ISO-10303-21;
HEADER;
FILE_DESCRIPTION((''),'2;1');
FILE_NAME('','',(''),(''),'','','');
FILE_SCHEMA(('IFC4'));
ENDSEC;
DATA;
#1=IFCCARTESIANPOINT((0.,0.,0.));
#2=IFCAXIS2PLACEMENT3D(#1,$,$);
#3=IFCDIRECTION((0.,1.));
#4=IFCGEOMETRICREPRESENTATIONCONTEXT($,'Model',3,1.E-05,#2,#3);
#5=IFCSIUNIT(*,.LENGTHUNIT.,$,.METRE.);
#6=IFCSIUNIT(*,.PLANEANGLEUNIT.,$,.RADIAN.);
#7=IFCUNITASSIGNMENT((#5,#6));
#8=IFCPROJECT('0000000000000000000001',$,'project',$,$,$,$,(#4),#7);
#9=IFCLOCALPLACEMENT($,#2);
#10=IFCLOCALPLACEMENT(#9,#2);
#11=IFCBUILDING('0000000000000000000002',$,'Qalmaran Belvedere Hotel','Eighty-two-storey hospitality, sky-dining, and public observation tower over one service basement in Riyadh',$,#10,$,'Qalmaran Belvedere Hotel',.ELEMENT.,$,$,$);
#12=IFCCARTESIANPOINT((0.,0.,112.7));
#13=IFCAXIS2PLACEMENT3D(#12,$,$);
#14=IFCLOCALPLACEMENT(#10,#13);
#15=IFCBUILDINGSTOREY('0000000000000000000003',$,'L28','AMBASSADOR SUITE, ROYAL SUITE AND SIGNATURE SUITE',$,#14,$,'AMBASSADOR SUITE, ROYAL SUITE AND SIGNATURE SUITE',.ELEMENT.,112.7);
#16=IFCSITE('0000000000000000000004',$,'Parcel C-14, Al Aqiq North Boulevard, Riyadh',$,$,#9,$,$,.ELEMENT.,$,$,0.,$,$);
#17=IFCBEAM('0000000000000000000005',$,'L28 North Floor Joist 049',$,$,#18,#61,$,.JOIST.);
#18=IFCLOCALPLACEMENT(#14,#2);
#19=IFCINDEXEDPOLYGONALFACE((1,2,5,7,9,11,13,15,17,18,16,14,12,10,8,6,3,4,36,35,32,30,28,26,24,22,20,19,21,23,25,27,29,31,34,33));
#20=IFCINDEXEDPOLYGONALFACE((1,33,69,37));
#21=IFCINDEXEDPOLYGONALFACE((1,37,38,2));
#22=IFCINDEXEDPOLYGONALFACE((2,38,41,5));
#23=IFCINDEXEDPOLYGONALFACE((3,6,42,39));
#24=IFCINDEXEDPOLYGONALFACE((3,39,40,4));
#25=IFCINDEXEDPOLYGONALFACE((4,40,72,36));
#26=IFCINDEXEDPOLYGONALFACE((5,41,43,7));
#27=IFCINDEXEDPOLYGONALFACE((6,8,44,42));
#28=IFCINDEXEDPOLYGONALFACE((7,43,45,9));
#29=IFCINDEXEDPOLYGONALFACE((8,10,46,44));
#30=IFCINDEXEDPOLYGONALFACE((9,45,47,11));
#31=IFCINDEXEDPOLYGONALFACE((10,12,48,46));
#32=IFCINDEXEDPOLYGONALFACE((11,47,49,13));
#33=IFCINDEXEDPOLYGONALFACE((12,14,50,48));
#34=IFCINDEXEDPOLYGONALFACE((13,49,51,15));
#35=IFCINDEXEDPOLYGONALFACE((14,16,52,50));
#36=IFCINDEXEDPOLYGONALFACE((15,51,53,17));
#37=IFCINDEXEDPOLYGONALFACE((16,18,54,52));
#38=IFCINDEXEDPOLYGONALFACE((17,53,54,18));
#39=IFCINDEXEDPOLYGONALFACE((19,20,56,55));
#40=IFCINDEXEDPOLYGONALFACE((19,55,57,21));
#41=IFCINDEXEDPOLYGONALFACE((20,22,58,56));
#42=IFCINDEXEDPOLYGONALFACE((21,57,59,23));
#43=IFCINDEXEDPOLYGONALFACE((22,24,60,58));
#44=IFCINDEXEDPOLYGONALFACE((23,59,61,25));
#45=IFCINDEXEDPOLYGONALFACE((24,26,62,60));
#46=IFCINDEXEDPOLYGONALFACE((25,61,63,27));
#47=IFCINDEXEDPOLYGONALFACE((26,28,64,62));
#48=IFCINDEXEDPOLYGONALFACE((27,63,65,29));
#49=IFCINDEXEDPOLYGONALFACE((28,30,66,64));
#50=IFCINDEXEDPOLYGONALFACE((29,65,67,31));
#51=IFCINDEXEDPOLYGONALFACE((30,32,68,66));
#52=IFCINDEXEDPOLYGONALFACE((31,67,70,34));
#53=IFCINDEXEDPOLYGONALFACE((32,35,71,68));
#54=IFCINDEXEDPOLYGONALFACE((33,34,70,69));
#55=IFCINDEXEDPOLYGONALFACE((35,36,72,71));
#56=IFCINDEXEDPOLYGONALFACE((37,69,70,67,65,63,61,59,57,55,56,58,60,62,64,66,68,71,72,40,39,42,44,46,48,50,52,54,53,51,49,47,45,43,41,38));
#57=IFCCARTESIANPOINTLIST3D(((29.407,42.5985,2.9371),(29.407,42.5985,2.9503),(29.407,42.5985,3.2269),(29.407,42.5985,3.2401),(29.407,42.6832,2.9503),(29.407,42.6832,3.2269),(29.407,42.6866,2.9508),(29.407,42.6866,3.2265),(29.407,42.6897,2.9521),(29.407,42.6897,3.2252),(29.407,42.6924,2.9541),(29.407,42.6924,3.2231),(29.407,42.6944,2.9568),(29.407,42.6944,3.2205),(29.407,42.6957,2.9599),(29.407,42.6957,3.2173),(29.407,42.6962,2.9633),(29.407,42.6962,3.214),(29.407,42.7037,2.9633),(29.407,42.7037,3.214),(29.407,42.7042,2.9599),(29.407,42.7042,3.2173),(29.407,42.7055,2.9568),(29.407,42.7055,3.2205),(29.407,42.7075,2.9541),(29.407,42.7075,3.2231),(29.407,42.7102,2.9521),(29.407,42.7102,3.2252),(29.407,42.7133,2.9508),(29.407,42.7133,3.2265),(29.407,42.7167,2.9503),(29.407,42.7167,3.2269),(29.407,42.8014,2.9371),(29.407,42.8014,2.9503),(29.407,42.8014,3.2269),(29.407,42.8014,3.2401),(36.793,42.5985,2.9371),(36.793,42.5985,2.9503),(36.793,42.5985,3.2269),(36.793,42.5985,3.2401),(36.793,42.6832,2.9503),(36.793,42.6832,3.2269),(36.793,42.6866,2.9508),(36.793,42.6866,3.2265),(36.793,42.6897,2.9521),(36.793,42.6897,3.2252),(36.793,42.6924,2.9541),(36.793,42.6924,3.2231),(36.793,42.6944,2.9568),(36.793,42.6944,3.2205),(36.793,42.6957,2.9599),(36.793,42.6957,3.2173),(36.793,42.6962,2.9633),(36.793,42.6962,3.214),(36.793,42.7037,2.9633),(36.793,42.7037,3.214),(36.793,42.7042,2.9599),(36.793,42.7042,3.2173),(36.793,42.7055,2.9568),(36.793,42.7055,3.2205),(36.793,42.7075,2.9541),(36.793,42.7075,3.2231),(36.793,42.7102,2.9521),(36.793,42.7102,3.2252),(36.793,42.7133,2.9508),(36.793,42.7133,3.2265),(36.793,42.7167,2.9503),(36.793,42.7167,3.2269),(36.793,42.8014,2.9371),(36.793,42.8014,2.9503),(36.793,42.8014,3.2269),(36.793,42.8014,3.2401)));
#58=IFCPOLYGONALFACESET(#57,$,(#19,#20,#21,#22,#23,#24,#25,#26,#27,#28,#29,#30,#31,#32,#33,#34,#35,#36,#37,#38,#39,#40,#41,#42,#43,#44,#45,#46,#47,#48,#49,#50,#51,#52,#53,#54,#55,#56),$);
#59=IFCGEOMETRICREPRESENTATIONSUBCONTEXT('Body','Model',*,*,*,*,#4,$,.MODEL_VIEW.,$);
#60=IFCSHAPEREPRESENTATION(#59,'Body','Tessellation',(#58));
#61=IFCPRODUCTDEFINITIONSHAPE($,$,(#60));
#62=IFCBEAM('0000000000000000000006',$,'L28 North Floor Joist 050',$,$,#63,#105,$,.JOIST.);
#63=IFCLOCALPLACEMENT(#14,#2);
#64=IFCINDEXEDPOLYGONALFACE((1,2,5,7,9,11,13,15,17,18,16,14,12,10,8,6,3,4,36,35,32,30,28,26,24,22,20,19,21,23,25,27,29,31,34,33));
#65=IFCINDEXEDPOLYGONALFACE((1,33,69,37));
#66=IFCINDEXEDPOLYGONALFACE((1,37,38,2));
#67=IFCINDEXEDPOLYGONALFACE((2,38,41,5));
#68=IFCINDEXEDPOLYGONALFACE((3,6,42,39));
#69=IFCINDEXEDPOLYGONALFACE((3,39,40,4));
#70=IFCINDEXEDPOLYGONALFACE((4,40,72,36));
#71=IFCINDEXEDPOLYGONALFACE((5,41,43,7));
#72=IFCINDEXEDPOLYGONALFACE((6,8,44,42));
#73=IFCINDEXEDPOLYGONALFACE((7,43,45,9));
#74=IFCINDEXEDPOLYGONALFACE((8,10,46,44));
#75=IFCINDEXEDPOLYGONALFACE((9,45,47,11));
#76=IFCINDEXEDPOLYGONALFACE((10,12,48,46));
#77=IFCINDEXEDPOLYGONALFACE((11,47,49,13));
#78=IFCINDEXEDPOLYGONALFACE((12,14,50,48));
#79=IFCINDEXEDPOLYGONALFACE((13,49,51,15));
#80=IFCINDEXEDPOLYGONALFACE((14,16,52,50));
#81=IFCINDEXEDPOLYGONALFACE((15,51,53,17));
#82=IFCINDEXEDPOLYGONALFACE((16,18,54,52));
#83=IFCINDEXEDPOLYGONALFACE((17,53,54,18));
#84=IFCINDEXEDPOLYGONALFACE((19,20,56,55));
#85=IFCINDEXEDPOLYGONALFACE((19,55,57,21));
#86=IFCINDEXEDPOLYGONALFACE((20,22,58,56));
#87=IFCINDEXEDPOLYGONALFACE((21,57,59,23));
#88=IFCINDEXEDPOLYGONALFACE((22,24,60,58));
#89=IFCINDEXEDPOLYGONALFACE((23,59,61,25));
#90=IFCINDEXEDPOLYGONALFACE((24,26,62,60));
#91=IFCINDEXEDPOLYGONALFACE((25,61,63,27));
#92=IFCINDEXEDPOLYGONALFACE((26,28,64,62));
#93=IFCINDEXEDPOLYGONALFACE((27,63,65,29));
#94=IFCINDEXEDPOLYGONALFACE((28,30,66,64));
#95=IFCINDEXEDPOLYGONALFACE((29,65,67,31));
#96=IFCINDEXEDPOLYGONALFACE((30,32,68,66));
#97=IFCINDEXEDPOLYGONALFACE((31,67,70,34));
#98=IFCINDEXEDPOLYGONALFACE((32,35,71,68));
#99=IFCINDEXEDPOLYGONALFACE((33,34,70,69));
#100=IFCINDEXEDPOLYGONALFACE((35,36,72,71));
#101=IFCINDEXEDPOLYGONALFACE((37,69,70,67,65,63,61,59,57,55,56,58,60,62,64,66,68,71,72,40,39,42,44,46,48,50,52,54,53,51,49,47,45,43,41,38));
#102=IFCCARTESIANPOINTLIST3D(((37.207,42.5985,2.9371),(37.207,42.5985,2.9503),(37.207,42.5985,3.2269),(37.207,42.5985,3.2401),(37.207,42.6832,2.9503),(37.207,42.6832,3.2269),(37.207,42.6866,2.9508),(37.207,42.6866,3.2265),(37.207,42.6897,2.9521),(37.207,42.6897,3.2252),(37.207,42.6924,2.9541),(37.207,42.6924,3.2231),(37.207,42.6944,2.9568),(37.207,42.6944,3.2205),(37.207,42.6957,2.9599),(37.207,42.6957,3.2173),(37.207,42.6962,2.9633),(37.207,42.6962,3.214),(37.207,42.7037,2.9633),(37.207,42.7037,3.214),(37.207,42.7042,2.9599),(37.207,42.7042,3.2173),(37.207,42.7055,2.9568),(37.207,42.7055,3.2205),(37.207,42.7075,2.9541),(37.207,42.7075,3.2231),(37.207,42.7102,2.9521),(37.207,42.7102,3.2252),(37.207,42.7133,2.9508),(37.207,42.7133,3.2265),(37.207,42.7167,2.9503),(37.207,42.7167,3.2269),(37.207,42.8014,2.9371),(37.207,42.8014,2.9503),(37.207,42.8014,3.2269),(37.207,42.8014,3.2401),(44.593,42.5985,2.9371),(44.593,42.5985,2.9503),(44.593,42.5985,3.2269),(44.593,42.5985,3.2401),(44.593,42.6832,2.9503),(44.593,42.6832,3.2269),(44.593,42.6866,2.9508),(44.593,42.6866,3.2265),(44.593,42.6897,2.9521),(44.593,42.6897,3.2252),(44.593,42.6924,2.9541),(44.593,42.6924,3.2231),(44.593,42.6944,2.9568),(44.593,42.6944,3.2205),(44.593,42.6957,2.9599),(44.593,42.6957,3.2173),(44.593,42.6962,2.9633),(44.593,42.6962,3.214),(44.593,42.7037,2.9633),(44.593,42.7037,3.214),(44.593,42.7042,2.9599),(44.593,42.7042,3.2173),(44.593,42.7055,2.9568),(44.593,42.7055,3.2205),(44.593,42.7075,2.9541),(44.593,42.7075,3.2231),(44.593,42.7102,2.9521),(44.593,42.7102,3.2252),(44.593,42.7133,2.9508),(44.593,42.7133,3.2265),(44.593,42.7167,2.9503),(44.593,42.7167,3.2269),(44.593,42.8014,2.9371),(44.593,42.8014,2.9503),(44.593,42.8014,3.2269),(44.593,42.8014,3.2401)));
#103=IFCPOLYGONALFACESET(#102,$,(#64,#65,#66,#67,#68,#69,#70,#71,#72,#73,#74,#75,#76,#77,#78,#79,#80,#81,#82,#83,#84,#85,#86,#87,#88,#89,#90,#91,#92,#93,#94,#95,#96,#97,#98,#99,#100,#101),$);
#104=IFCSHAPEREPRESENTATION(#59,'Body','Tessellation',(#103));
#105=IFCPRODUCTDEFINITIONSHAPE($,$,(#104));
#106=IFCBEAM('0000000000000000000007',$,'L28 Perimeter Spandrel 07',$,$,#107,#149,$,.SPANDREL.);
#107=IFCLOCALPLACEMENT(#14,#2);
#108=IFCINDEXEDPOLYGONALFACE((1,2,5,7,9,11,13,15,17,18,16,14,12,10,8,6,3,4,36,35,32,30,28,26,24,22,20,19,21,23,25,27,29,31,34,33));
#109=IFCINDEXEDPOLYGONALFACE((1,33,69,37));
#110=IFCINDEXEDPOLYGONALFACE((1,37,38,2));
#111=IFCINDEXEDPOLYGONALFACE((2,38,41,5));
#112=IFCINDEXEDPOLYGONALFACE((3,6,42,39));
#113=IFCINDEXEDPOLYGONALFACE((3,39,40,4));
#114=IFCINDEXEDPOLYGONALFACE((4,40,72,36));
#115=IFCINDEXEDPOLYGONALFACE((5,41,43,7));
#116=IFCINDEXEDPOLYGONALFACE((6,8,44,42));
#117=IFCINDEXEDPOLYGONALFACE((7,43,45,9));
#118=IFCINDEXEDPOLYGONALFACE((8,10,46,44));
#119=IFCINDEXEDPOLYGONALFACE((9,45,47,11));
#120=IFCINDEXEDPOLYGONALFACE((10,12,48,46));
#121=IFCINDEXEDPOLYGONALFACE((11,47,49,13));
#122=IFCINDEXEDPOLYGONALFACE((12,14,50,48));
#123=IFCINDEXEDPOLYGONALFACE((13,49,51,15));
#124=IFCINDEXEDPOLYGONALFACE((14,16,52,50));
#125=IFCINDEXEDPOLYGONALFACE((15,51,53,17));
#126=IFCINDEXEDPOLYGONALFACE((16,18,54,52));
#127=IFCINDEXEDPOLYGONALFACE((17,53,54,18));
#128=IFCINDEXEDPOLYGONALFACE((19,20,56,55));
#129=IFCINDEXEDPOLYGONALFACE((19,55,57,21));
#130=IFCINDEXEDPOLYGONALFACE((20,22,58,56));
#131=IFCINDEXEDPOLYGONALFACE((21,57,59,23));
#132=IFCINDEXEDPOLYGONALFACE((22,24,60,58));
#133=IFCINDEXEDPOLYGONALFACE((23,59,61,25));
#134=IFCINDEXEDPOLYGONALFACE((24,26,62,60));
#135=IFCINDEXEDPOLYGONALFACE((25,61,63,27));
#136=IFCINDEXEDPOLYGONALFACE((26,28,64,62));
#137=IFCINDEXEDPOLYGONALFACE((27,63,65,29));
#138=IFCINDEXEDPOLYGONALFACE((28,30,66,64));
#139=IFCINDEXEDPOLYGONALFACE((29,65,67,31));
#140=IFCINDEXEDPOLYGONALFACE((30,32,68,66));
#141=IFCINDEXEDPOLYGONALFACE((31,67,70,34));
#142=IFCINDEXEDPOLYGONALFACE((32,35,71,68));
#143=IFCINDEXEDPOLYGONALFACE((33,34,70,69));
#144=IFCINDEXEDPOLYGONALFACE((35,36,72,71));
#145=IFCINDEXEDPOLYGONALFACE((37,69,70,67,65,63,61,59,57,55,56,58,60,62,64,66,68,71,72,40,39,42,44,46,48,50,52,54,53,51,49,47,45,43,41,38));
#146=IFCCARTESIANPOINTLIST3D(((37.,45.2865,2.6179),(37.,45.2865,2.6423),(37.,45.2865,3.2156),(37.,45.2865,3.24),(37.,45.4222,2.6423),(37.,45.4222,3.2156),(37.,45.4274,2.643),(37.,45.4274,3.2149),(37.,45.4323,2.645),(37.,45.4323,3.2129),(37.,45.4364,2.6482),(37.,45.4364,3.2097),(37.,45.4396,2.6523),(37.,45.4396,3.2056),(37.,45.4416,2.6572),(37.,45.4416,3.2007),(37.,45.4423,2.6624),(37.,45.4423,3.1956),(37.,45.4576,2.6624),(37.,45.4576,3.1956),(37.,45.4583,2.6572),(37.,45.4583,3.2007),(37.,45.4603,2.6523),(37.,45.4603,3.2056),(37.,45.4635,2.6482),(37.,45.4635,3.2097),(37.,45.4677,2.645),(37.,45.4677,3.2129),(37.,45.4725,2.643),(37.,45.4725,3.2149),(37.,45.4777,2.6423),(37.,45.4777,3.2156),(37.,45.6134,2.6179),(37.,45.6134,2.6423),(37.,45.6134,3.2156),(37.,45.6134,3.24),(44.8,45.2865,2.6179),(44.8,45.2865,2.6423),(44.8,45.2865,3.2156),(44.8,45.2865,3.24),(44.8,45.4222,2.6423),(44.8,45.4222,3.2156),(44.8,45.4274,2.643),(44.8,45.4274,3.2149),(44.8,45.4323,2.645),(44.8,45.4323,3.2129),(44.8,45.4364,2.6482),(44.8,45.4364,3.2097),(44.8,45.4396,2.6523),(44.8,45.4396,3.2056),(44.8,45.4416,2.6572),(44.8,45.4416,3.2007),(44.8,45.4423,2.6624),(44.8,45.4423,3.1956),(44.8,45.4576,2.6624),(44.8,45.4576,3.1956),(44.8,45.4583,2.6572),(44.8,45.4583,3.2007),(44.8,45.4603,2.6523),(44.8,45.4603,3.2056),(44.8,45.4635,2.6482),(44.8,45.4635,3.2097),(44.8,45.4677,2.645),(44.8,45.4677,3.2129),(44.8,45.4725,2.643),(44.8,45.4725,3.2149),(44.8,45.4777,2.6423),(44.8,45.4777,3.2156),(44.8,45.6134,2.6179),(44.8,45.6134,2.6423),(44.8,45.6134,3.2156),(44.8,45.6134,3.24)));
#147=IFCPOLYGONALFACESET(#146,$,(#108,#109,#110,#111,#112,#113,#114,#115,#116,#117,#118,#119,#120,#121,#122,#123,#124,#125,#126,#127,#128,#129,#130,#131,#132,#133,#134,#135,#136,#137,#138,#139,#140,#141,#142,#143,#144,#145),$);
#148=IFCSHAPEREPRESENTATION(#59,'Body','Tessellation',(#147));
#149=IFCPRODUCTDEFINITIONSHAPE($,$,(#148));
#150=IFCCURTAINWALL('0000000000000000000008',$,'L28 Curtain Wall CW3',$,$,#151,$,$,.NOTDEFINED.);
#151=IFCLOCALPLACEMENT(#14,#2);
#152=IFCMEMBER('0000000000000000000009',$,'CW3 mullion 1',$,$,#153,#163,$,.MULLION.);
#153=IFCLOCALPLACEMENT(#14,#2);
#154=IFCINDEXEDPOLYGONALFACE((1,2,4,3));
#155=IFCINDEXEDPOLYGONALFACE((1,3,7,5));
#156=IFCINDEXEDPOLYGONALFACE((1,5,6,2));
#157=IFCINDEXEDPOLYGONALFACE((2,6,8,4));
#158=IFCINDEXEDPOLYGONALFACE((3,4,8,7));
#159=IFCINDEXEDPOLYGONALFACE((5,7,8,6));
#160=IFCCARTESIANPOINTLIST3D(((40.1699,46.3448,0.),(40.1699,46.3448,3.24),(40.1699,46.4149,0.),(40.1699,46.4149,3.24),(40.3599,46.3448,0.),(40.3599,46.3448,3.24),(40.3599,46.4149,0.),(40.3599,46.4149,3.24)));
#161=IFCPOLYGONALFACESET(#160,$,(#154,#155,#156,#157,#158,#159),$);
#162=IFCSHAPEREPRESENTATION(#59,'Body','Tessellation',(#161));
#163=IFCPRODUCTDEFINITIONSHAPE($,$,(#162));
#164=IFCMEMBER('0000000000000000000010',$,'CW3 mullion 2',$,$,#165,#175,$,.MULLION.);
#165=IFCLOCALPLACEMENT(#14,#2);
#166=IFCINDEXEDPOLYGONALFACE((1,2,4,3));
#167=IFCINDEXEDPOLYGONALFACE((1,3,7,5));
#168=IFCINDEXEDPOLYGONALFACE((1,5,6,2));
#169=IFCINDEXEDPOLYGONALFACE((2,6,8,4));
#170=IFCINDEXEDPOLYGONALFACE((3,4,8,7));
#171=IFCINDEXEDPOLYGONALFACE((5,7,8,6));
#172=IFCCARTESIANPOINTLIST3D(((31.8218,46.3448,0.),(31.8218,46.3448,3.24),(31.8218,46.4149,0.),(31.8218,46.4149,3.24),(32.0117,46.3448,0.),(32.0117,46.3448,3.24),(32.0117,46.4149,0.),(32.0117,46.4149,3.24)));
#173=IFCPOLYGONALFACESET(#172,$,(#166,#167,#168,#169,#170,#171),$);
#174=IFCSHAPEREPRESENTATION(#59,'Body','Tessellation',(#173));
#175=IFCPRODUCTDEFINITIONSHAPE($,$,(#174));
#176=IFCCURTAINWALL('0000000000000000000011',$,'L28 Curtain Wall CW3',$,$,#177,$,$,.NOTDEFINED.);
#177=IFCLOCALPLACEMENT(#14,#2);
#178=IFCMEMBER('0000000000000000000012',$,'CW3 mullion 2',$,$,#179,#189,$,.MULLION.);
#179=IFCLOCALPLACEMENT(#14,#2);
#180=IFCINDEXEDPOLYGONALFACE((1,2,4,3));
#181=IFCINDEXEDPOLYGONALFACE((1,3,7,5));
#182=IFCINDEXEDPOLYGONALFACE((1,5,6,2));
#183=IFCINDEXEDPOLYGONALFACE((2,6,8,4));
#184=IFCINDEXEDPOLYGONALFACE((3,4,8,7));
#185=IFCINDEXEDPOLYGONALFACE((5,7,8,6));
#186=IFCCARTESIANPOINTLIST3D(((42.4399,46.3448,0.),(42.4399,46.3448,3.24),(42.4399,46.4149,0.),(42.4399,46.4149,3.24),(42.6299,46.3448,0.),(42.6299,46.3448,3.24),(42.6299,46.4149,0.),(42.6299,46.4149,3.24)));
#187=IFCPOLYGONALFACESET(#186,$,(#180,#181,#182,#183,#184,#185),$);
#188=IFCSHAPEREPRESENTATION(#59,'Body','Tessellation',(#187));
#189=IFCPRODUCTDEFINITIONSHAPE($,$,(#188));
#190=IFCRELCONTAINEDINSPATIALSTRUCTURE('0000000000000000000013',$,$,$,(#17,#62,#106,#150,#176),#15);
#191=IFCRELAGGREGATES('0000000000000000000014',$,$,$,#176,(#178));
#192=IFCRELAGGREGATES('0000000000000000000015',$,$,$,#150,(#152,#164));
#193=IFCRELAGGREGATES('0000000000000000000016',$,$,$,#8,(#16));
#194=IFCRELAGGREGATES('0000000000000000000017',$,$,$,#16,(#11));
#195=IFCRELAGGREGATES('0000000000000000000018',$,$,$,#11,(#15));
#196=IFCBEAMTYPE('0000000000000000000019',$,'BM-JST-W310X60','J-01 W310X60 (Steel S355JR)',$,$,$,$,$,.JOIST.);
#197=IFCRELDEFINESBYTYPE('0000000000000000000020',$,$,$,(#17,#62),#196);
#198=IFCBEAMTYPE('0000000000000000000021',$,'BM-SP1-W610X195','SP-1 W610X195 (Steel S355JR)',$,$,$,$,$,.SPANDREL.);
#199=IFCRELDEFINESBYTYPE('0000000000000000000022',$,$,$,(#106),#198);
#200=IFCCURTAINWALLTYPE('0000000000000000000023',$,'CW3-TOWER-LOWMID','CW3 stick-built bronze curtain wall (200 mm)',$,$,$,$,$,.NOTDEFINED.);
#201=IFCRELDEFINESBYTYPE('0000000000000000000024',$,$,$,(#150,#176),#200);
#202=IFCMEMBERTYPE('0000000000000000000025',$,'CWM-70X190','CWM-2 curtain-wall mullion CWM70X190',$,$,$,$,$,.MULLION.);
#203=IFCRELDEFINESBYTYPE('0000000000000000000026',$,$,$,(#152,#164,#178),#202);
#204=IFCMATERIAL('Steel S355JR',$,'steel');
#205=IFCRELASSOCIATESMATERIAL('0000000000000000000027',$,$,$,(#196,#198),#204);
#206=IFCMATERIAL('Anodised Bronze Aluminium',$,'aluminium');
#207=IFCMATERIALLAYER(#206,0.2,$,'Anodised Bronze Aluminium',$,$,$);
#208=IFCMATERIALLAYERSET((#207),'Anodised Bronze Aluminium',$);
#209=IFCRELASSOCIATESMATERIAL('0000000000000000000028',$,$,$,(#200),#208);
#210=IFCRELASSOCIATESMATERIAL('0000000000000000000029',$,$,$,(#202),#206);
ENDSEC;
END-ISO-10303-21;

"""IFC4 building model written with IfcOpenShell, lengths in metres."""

from ifc_helpers import new_model, si_unit, direction, frame, origin, origin_2d, place, context, subcontext, project, spatial, rectangle, i_section, extrude, material, layer, layer_set, material_profile, profile_set, type_object, element, aggregate, save


model = new_model("IFC4")

# Units and contexts
model_context = context("Model", 3, precision=1e-05, world=origin(), true_north=direction((0.0, 1.0)))
body_context = subcontext(model_context, "Body", "Model", "MODEL_VIEW")
ifc_project = project(units=[si_unit("LENGTHUNIT", "METRE"), si_unit("PLANEANGLEUNIT", "RADIAN")], contexts=[model_context])

# Site, building, storey
site_placement = place(None, origin())
site = spatial("IfcSite", under=ifc_project, at=site_placement, Name="Parcel C-14, Al Aqiq North Boulevard, Riyadh", CompositionType="ELEMENT", RefElevation=0.0)
building_placement = place(site_placement, origin())
building = spatial("IfcBuilding", under=site, at=building_placement, Name="Qalmaran Belvedere Hotel", Description="Eighty-two-storey hospitality, sky-dining, and public observation tower over one service basement in Riyadh", LongName="Qalmaran Belvedere Hotel", CompositionType="ELEMENT")
storey_placement = place(building_placement, frame((0.0, 0.0, 112.7)))
storey = spatial("IfcBuildingStorey", under=building, at=storey_placement, Name="L28", Description="AMBASSADOR SUITE, ROYAL SUITE AND SIGNATURE SUITE", LongName="AMBASSADOR SUITE, ROYAL SUITE AND SIGNATURE SUITE", CompositionType="ELEMENT", Elevation=112.7)

# Beams
ifc_material_1 = material(Name="Steel S355JR", Category="steel")
ifc_material_profile_1 = material_profile(ifc_material_1, i_section(OverallWidth=0.2029, OverallDepth=0.303, WebThickness=0.0076, FlangeThickness=0.0132, FilletRadius=0.0129, at=origin_2d()), Name="W310X60")
ifc_profile_set_1 = profile_set([ifc_material_profile_1], Name="Steel S355JR")
beam_type_1 = type_object("IfcBeamType", Name="BM-JST-W310X60", Description="J-01 W310X60 (Steel S355JR)", PredefinedType="JOIST", material=ifc_profile_set_1)
for number, where, z_axis, x_axis, name in (
    (1, (29.407, 42.7, 3.0886), (1.0, 0.0, 0.0), (0.0, 1.0, 0.0), "L28 North Floor Joist 049"),
    (2, (37.207, 42.7, 3.0886), (1.0, 0.0, 0.0), (0.0, 1.0, 0.0), "L28 North Floor Joist 050"),
):
    element("IfcBeam", number, at=place(storey_placement, frame(where, z_axis=z_axis, x_axis=x_axis)), inside=storey, type_object=beam_type_1, Name=name, PredefinedType="JOIST", context=body_context, shape_type="SweptSolid", body=[
        extrude(i_section(OverallWidth=0.2029, OverallDepth=0.303, WebThickness=0.0076, FlangeThickness=0.0132, FilletRadius=0.0129, at=origin_2d()), origin(), (0.0, 0.0, 1.0), 7.386),
    ])
ifc_material_profile_2 = material_profile(ifc_material_1, i_section(OverallWidth=0.3269, OverallDepth=0.6221, WebThickness=0.0154, FlangeThickness=0.0244, FilletRadius=0.02, at=origin_2d()), Name="W610X195")
ifc_profile_set_2 = profile_set([ifc_material_profile_2], Name="Steel S355JR")
beam_type_2 = type_object("IfcBeamType", Name="BM-SP1-W610X195", Description="SP-1 W610X195 (Steel S355JR)", PredefinedType="SPANDREL", material=ifc_profile_set_2)
beam_placement = place(storey_placement, frame((37.0, 45.45, 2.929), z_axis=(1.0, 0.0, 0.0), x_axis=(0.0, 1.0, 0.0)))
element("IfcBeam", 3, at=beam_placement, inside=storey, type_object=beam_type_2, Name="L28 Perimeter Spandrel 07", PredefinedType="SPANDREL", context=body_context, shape_type="SweptSolid", body=[
    extrude(i_section(OverallWidth=0.3269, OverallDepth=0.6221, WebThickness=0.0154, FlangeThickness=0.0244, FilletRadius=0.02, at=origin_2d()), origin(), (0.0, 0.0, 1.0), 7.8),
])

# Curtain wall, members
ifc_material_2 = material(Name="Anodised Bronze Aluminium", Category="aluminium")
ifc_layer_1 = layer(ifc_material_2, 0.2, Name="Anodised Bronze Aluminium")
ifc_layer_set_1 = layer_set([ifc_layer_1], Name="Anodised Bronze Aluminium")
curtain_wall_type = type_object("IfcCurtainWallType", Name="CW3-TOWER-LOWMID", Description="CW3 stick-built bronze curtain wall (200 mm)", PredefinedType="NOTDEFINED", material=ifc_layer_set_1)
curtain_wall_1_placement = place(storey_placement, origin())
curtain_wall_1 = element("IfcCurtainWall", 4, at=curtain_wall_1_placement, inside=storey, type_object=curtain_wall_type, Name="L28 Curtain Wall CW3", PredefinedType="NOTDEFINED")
ifc_material_profile_3 = material_profile(ifc_material_2, rectangle(XDim=0.0701, YDim=0.1899, at=origin_2d()), Name="CWM70X190")
ifc_profile_set_3 = profile_set([ifc_material_profile_3], Name="Anodised Bronze Aluminium")
member_type_1 = type_object("IfcMemberType", Name="CWM-70X190", Description="CWM-2 curtain-wall mullion CWM70X190", PredefinedType="MULLION", material=ifc_profile_set_3)
member_1_placement = place(storey_placement, frame((40.2649, 46.3799, 0.0), z_axis=(0.0, 0.0, 1.0), x_axis=(0.0, -1.0, 0.0)))
member_1 = element("IfcMember", 5, at=member_1_placement, type_object=member_type_1, Name="CW3 mullion 1", PredefinedType="MULLION", context=body_context, shape_type="SweptSolid", body=[
    extrude(rectangle(XDim=0.0701, YDim=0.1899, at=origin_2d()), origin(), (0.0, 0.0, 1.0), 3.24),
])
member_2_placement = place(storey_placement, frame((31.9167, 46.3799, 0.0), z_axis=(0.0, 0.0, 1.0), x_axis=(0.0, -1.0, 0.0)))
member_2 = element("IfcMember", 6, at=member_2_placement, type_object=member_type_1, Name="CW3 mullion 2", PredefinedType="MULLION", context=body_context, shape_type="SweptSolid", body=[
    extrude(rectangle(XDim=0.0701, YDim=0.1899, at=origin_2d()), origin(), (0.0, 0.0, 1.0), 3.24),
])

# Curtain wall, member
curtain_wall_2_placement = place(storey_placement, origin())
curtain_wall_2 = element("IfcCurtainWall", 7, at=curtain_wall_2_placement, inside=storey, type_object=curtain_wall_type, Name="L28 Curtain Wall CW3", PredefinedType="NOTDEFINED")
member_3_placement = place(storey_placement, frame((42.5349, 46.3799, 0.0), z_axis=(0.0, 0.0, 1.0), x_axis=(0.0, -1.0, 0.0)))
member_3 = element("IfcMember", 8, at=member_3_placement, type_object=member_type_1, Name="CW3 mullion 2", PredefinedType="MULLION", context=body_context, shape_type="SweptSolid", body=[
    extrude(rectangle(XDim=0.0701, YDim=0.1899, at=origin_2d()), origin(), (0.0, 0.0, 1.0), 3.24),
])
aggregate(curtain_wall_2, [member_3])

aggregate(curtain_wall_1, [member_1, member_2])

save(model, "model.ifc")
